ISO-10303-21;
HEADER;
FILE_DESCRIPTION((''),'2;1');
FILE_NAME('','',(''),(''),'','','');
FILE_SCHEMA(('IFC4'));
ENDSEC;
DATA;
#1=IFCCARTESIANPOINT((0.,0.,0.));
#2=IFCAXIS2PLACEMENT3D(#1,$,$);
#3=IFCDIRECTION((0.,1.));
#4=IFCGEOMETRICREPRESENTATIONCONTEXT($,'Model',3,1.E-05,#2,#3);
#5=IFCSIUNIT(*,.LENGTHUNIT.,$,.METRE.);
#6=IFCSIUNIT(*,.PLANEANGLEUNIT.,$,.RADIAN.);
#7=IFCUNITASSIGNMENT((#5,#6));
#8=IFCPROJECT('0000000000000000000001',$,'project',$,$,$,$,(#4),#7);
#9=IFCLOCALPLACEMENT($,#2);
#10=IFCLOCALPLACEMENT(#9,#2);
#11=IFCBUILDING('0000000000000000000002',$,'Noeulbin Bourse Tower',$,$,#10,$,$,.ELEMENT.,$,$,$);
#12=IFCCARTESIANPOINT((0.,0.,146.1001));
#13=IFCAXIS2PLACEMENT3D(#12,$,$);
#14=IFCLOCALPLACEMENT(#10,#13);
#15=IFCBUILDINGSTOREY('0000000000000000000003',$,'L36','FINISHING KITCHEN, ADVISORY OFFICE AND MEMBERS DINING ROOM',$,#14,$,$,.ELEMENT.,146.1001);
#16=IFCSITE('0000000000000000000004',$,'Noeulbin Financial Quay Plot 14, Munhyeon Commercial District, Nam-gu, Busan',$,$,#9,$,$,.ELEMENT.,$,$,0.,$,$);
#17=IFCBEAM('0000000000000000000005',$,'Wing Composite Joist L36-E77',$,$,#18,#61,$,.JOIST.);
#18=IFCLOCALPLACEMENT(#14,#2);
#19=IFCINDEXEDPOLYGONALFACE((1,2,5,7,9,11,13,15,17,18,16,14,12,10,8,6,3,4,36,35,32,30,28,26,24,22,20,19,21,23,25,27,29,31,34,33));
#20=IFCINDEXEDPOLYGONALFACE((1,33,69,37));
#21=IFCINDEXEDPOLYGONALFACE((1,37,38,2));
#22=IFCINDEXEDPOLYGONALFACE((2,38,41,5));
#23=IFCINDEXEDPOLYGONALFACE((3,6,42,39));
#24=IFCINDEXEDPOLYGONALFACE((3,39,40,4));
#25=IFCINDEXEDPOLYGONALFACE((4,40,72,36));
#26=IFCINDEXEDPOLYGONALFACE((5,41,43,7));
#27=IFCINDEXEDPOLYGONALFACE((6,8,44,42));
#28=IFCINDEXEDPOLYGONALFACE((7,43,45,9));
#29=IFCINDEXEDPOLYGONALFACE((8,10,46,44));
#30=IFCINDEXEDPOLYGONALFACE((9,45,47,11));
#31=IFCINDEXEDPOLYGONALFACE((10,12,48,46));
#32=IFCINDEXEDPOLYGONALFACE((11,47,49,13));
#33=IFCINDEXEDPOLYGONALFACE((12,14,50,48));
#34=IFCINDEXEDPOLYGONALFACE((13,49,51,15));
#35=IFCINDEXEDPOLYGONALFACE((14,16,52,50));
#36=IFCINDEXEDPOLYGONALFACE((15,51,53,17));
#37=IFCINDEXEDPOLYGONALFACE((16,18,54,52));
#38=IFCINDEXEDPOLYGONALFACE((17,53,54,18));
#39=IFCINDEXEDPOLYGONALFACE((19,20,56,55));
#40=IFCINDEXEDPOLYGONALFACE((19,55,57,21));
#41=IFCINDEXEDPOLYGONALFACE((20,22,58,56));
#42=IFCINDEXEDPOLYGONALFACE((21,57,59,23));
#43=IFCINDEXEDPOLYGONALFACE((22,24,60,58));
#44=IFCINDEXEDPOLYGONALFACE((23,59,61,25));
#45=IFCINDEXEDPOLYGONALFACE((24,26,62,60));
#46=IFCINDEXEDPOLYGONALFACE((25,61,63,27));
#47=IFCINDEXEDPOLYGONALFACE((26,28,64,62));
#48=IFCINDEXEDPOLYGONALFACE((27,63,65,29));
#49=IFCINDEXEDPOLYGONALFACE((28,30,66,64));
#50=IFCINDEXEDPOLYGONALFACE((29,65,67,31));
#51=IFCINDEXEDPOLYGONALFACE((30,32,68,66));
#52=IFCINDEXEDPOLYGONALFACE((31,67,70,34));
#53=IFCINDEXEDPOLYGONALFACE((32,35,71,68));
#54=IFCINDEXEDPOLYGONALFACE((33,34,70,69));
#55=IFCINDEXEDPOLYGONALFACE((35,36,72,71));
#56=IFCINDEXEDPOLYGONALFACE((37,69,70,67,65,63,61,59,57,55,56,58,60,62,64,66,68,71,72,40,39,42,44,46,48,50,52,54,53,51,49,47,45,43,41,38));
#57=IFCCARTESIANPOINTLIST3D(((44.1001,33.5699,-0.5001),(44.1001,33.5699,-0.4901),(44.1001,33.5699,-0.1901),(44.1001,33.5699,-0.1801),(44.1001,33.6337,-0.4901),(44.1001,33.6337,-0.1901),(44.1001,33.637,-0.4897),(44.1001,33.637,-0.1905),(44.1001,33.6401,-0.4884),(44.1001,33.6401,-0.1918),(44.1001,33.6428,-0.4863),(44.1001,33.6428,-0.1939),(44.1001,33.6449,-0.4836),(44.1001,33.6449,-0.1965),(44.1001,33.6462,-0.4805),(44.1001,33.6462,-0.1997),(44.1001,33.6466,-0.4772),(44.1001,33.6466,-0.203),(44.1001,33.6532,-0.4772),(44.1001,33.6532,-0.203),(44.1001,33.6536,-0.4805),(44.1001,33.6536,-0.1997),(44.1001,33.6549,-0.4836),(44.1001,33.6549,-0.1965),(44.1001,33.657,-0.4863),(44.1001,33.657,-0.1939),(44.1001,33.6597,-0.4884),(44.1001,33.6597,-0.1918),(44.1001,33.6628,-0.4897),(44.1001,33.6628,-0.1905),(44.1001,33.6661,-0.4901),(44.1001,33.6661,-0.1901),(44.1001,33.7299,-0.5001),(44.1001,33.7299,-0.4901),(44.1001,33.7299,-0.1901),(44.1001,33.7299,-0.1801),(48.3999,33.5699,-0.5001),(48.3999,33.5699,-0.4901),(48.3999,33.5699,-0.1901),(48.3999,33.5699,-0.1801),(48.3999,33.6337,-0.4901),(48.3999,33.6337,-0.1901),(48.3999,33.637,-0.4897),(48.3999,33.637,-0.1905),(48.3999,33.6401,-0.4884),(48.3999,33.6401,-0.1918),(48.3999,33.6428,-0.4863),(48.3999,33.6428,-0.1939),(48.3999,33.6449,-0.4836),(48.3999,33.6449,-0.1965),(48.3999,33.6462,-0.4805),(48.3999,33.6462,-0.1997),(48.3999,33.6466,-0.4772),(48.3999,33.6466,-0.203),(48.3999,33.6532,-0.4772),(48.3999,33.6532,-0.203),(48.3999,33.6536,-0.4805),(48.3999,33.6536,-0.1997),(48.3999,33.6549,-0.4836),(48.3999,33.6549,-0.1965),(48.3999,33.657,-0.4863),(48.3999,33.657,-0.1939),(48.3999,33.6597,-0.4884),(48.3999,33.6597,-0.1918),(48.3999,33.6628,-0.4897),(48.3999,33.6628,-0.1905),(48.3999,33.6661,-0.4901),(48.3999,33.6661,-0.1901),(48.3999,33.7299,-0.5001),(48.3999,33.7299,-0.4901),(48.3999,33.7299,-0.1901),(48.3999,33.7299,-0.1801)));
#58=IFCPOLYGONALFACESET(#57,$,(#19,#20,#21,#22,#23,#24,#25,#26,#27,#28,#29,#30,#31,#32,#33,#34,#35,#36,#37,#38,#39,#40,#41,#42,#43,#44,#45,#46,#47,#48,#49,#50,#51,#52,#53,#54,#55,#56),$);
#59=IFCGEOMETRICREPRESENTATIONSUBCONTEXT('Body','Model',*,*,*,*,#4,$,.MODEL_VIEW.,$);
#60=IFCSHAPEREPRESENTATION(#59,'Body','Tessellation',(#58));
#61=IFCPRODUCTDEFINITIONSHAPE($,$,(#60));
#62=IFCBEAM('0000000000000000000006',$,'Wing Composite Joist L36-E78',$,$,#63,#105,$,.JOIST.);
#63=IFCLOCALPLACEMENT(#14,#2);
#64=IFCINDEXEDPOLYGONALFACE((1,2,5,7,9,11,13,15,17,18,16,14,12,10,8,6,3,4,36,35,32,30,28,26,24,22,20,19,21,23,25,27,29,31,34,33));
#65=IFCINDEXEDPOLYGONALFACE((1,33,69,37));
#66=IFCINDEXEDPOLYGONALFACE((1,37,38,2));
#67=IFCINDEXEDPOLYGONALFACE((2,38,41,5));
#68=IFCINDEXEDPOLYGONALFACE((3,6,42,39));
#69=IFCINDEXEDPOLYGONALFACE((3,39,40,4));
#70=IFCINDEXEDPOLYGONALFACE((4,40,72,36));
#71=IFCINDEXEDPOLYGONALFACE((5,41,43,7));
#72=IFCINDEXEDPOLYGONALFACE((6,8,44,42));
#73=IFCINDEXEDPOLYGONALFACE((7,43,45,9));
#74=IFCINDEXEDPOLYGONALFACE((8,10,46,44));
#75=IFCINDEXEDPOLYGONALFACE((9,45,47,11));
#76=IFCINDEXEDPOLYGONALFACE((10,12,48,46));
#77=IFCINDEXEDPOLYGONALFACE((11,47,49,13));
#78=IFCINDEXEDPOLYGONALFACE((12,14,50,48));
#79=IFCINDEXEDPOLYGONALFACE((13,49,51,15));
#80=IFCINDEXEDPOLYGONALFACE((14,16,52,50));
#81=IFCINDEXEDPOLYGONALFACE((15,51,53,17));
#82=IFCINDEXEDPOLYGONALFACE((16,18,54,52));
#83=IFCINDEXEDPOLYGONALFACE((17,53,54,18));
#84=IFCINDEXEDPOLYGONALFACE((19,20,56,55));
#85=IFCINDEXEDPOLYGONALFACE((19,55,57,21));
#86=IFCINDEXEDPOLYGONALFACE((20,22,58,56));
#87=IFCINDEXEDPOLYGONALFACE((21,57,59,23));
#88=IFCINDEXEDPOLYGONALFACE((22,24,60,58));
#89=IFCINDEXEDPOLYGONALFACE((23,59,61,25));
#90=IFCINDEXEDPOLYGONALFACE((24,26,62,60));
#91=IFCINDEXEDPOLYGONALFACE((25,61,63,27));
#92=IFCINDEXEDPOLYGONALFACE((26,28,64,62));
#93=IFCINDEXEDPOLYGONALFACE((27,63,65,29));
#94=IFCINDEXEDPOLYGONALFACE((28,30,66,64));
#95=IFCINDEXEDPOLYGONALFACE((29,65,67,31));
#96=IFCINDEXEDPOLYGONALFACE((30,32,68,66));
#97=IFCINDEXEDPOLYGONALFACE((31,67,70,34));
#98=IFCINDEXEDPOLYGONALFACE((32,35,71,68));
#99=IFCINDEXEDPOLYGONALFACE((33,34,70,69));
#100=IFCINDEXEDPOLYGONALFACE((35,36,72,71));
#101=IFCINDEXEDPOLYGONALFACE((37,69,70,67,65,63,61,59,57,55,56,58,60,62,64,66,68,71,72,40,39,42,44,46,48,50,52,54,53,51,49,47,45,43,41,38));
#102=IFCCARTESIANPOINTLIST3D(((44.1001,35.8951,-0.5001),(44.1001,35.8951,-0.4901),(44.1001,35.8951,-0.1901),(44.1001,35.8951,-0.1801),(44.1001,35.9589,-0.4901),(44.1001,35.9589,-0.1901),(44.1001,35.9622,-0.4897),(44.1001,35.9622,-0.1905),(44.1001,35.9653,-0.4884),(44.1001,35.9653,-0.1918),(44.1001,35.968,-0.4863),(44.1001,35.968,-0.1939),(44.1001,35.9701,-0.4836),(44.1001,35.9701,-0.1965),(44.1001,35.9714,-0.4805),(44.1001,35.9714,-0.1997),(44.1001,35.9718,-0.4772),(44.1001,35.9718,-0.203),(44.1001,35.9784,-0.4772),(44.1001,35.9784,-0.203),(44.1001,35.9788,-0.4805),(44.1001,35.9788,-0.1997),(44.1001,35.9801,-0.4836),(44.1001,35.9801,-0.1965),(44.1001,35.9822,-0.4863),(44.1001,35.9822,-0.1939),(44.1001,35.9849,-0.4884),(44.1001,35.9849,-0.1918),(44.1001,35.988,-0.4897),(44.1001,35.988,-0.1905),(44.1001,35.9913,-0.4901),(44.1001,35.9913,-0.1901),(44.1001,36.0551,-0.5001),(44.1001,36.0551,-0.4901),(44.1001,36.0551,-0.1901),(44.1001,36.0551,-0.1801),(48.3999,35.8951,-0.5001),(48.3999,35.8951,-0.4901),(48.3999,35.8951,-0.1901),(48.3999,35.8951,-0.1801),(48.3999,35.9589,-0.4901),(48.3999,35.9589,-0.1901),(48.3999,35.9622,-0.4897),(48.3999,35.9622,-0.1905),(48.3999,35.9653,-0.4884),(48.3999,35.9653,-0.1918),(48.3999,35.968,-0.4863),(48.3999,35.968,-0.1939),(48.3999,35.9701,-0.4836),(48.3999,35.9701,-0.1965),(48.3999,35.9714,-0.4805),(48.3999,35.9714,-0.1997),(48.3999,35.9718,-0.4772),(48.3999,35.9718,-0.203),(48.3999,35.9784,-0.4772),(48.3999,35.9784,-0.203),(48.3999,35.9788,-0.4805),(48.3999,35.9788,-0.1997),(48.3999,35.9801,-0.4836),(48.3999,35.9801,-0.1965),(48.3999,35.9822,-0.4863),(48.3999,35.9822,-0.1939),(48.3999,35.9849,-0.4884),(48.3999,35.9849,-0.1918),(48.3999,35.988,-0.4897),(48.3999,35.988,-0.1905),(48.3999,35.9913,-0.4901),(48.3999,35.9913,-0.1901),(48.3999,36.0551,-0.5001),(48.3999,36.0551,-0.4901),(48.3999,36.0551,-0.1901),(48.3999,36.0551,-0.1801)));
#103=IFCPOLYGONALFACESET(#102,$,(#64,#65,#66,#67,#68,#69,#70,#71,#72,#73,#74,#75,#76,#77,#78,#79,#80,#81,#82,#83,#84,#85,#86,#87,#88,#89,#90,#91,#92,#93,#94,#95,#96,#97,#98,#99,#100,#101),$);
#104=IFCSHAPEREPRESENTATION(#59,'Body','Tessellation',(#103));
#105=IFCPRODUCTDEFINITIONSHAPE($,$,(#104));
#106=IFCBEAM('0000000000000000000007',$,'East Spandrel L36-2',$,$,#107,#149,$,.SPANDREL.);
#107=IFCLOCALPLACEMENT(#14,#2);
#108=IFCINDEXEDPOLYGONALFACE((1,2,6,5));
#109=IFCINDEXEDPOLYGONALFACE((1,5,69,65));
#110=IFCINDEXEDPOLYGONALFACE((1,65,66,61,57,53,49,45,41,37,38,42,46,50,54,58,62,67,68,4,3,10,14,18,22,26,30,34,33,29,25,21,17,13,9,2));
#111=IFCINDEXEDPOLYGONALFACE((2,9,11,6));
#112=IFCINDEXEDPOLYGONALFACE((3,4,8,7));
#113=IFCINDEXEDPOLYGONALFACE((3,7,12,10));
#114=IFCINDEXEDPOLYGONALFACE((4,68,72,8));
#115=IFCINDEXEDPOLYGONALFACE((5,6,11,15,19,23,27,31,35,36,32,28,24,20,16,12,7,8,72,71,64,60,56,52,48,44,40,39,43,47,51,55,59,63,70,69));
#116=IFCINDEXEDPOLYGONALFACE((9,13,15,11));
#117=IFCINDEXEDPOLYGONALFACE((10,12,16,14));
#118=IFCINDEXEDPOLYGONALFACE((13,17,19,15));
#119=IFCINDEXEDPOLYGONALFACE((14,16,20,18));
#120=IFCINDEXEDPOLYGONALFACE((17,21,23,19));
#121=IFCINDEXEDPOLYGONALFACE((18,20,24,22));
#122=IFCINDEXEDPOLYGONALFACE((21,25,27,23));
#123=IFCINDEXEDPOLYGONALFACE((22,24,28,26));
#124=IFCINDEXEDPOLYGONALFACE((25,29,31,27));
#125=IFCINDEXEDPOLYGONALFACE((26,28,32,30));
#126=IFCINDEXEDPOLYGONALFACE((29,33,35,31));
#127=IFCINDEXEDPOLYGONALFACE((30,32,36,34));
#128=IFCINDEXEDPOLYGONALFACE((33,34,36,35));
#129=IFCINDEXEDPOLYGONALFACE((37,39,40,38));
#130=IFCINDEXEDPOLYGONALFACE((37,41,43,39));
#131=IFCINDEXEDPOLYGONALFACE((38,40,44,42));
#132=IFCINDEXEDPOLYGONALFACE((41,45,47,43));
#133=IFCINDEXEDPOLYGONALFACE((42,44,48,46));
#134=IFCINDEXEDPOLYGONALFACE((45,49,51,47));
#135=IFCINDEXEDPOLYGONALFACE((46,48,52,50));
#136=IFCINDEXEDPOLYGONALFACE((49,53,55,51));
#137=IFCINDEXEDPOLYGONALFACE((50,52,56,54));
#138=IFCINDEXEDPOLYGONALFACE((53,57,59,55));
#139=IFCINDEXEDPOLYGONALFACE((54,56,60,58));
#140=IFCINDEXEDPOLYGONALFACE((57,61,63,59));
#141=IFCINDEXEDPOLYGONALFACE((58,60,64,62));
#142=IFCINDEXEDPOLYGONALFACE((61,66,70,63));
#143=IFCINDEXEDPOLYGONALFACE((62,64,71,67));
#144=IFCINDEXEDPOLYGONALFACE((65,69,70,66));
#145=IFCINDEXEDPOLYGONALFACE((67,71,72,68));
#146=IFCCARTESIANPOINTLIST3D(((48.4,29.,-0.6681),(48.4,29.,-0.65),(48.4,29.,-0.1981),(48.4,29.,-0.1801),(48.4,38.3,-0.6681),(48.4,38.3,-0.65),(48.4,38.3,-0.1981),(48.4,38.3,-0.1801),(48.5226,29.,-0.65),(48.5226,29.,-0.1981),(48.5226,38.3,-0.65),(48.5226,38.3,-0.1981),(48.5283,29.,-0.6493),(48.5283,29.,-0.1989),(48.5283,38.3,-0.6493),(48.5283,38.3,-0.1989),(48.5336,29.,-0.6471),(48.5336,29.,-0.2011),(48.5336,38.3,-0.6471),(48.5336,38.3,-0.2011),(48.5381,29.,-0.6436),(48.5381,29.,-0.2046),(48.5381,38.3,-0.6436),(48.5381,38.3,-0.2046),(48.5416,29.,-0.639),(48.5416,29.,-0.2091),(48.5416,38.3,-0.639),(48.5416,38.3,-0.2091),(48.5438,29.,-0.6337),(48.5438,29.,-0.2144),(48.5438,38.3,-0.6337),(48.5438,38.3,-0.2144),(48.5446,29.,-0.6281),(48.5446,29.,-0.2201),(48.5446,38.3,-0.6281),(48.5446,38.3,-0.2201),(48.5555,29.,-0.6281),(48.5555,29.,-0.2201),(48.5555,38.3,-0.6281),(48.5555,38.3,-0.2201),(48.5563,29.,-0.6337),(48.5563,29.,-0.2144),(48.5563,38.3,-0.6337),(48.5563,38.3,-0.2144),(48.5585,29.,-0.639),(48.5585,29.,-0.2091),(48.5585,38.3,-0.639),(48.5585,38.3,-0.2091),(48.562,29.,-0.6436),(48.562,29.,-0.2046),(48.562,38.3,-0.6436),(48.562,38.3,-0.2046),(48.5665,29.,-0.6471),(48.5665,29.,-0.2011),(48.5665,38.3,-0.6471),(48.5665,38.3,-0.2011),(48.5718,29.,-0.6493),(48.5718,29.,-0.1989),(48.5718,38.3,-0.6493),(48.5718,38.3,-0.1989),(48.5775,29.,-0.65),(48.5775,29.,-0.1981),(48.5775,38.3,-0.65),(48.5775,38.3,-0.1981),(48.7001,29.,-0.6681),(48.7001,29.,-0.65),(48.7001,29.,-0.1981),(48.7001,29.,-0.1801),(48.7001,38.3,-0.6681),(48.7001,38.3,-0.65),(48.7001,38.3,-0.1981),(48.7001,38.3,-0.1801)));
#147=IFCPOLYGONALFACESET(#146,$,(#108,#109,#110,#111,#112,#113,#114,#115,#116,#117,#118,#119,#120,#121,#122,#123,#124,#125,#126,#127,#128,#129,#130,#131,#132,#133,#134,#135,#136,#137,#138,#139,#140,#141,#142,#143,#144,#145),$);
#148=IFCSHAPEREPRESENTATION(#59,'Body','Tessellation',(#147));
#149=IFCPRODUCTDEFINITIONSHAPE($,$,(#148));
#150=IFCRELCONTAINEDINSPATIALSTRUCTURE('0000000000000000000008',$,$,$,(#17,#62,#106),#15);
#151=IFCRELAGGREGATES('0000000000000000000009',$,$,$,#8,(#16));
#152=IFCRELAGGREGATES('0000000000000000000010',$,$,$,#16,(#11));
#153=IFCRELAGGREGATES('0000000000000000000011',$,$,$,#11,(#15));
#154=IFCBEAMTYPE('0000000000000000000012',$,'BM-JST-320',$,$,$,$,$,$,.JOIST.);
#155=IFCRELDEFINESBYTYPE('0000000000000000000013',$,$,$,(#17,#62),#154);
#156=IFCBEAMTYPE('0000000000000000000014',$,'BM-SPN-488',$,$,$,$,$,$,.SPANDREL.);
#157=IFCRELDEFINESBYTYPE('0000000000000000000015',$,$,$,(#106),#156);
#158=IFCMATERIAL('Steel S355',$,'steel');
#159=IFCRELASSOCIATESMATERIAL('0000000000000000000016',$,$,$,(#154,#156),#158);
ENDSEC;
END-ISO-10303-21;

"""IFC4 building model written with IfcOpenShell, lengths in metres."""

from ifc_helpers import new_model, si_unit, direction, frame, origin, origin_2d, place, context, subcontext, project, spatial, i_section, extrude, material, material_profile, profile_set, type_object, element, save


model = new_model("IFC4")

# Units and contexts
model_context = context("Model", 3, precision=1e-05, world=origin(), true_north=direction((0.0, 1.0)))
body_context = subcontext(model_context, "Body", "Model", "MODEL_VIEW")
ifc_project = project(units=[si_unit("LENGTHUNIT", "METRE"), si_unit("PLANEANGLEUNIT", "RADIAN")], contexts=[model_context])

# Site, building, storey
site_placement = place(None, origin())
site = spatial("IfcSite", under=ifc_project, at=site_placement, Name="Noeulbin Financial Quay Plot 14, Munhyeon Commercial District, Nam-gu, Busan", CompositionType="ELEMENT", RefElevation=0.0)
building_placement = place(site_placement, origin())
building = spatial("IfcBuilding", under=site, at=building_placement, Name="Noeulbin Bourse Tower", CompositionType="ELEMENT")
storey_placement = place(building_placement, frame((0.0, 0.0, 146.1001)))
storey = spatial("IfcBuildingStorey", under=building, at=storey_placement, Name="L36", Description="FINISHING KITCHEN, ADVISORY OFFICE AND MEMBERS DINING ROOM", CompositionType="ELEMENT", Elevation=146.1001)

# Beams
ifc_material_1 = material(Name="Steel S355", Category="steel")
ifc_material_profile_1 = material_profile(ifc_material_1, i_section(OverallWidth=0.1599, OverallDepth=0.3201, WebThickness=0.0066, FlangeThickness=0.01, FilletRadius=0.0129, at=origin_2d()), Name="H-320x160x6.5x10", Category="LoadBearing")
ifc_profile_set_1 = profile_set([ifc_material_profile_1], Name="Steel S355")
beam_type_1 = type_object("IfcBeamType", Name="BM-JST-320", PredefinedType="JOIST", material=ifc_profile_set_1)
for number, where, z_axis, x_axis, name in (
    (1, (44.1001, 33.6499, -0.3401), (1.0, 0.0, 0.0), (0.0, 1.0, 0.0), "Wing Composite Joist L36-E77"),
    (2, (44.1001, 35.9751, -0.3401), (1.0, 0.0, 0.0), (0.0, 1.0, 0.0), "Wing Composite Joist L36-E78"),
):
    element("IfcBeam", number, at=place(storey_placement, frame(where, z_axis=z_axis, x_axis=x_axis)), inside=storey, type_object=beam_type_1, Name=name, PredefinedType="JOIST", context=body_context, shape_type="SweptSolid", body=[
        extrude(i_section(OverallWidth=0.1599, OverallDepth=0.3201, WebThickness=0.0066, FlangeThickness=0.01, FilletRadius=0.0129, at=origin_2d()), origin(), (0.0, 0.0, 1.0), 4.2998),
    ])
ifc_material_profile_2 = material_profile(ifc_material_1, i_section(OverallWidth=0.3, OverallDepth=0.488, WebThickness=0.011, FlangeThickness=0.0181, FilletRadius=0.022, at=origin_2d()), Name="H-488x300x11x18", Category="LoadBearing")
ifc_profile_set_2 = profile_set([ifc_material_profile_2], Name="Steel S355")
beam_type_2 = type_object("IfcBeamType", Name="BM-SPN-488", PredefinedType="SPANDREL", material=ifc_profile_set_2)
beam_1_placement = place(storey_placement, frame((48.55, 29.0, -0.4241), z_axis=(0.0, 1.0, 0.0), x_axis=(-1.0, 0.0, 0.0)))
element("IfcBeam", 3, at=beam_1_placement, inside=storey, type_object=beam_type_2, Name="East Spandrel L36-2", PredefinedType="SPANDREL", context=body_context, shape_type="SweptSolid", body=[
    extrude(i_section(OverallWidth=0.3, OverallDepth=0.488, WebThickness=0.011, FlangeThickness=0.0181, FilletRadius=0.022, at=origin_2d()), origin(), (0.0, 0.0, 1.0), 9.3),
])

save(model, "model.ifc")
